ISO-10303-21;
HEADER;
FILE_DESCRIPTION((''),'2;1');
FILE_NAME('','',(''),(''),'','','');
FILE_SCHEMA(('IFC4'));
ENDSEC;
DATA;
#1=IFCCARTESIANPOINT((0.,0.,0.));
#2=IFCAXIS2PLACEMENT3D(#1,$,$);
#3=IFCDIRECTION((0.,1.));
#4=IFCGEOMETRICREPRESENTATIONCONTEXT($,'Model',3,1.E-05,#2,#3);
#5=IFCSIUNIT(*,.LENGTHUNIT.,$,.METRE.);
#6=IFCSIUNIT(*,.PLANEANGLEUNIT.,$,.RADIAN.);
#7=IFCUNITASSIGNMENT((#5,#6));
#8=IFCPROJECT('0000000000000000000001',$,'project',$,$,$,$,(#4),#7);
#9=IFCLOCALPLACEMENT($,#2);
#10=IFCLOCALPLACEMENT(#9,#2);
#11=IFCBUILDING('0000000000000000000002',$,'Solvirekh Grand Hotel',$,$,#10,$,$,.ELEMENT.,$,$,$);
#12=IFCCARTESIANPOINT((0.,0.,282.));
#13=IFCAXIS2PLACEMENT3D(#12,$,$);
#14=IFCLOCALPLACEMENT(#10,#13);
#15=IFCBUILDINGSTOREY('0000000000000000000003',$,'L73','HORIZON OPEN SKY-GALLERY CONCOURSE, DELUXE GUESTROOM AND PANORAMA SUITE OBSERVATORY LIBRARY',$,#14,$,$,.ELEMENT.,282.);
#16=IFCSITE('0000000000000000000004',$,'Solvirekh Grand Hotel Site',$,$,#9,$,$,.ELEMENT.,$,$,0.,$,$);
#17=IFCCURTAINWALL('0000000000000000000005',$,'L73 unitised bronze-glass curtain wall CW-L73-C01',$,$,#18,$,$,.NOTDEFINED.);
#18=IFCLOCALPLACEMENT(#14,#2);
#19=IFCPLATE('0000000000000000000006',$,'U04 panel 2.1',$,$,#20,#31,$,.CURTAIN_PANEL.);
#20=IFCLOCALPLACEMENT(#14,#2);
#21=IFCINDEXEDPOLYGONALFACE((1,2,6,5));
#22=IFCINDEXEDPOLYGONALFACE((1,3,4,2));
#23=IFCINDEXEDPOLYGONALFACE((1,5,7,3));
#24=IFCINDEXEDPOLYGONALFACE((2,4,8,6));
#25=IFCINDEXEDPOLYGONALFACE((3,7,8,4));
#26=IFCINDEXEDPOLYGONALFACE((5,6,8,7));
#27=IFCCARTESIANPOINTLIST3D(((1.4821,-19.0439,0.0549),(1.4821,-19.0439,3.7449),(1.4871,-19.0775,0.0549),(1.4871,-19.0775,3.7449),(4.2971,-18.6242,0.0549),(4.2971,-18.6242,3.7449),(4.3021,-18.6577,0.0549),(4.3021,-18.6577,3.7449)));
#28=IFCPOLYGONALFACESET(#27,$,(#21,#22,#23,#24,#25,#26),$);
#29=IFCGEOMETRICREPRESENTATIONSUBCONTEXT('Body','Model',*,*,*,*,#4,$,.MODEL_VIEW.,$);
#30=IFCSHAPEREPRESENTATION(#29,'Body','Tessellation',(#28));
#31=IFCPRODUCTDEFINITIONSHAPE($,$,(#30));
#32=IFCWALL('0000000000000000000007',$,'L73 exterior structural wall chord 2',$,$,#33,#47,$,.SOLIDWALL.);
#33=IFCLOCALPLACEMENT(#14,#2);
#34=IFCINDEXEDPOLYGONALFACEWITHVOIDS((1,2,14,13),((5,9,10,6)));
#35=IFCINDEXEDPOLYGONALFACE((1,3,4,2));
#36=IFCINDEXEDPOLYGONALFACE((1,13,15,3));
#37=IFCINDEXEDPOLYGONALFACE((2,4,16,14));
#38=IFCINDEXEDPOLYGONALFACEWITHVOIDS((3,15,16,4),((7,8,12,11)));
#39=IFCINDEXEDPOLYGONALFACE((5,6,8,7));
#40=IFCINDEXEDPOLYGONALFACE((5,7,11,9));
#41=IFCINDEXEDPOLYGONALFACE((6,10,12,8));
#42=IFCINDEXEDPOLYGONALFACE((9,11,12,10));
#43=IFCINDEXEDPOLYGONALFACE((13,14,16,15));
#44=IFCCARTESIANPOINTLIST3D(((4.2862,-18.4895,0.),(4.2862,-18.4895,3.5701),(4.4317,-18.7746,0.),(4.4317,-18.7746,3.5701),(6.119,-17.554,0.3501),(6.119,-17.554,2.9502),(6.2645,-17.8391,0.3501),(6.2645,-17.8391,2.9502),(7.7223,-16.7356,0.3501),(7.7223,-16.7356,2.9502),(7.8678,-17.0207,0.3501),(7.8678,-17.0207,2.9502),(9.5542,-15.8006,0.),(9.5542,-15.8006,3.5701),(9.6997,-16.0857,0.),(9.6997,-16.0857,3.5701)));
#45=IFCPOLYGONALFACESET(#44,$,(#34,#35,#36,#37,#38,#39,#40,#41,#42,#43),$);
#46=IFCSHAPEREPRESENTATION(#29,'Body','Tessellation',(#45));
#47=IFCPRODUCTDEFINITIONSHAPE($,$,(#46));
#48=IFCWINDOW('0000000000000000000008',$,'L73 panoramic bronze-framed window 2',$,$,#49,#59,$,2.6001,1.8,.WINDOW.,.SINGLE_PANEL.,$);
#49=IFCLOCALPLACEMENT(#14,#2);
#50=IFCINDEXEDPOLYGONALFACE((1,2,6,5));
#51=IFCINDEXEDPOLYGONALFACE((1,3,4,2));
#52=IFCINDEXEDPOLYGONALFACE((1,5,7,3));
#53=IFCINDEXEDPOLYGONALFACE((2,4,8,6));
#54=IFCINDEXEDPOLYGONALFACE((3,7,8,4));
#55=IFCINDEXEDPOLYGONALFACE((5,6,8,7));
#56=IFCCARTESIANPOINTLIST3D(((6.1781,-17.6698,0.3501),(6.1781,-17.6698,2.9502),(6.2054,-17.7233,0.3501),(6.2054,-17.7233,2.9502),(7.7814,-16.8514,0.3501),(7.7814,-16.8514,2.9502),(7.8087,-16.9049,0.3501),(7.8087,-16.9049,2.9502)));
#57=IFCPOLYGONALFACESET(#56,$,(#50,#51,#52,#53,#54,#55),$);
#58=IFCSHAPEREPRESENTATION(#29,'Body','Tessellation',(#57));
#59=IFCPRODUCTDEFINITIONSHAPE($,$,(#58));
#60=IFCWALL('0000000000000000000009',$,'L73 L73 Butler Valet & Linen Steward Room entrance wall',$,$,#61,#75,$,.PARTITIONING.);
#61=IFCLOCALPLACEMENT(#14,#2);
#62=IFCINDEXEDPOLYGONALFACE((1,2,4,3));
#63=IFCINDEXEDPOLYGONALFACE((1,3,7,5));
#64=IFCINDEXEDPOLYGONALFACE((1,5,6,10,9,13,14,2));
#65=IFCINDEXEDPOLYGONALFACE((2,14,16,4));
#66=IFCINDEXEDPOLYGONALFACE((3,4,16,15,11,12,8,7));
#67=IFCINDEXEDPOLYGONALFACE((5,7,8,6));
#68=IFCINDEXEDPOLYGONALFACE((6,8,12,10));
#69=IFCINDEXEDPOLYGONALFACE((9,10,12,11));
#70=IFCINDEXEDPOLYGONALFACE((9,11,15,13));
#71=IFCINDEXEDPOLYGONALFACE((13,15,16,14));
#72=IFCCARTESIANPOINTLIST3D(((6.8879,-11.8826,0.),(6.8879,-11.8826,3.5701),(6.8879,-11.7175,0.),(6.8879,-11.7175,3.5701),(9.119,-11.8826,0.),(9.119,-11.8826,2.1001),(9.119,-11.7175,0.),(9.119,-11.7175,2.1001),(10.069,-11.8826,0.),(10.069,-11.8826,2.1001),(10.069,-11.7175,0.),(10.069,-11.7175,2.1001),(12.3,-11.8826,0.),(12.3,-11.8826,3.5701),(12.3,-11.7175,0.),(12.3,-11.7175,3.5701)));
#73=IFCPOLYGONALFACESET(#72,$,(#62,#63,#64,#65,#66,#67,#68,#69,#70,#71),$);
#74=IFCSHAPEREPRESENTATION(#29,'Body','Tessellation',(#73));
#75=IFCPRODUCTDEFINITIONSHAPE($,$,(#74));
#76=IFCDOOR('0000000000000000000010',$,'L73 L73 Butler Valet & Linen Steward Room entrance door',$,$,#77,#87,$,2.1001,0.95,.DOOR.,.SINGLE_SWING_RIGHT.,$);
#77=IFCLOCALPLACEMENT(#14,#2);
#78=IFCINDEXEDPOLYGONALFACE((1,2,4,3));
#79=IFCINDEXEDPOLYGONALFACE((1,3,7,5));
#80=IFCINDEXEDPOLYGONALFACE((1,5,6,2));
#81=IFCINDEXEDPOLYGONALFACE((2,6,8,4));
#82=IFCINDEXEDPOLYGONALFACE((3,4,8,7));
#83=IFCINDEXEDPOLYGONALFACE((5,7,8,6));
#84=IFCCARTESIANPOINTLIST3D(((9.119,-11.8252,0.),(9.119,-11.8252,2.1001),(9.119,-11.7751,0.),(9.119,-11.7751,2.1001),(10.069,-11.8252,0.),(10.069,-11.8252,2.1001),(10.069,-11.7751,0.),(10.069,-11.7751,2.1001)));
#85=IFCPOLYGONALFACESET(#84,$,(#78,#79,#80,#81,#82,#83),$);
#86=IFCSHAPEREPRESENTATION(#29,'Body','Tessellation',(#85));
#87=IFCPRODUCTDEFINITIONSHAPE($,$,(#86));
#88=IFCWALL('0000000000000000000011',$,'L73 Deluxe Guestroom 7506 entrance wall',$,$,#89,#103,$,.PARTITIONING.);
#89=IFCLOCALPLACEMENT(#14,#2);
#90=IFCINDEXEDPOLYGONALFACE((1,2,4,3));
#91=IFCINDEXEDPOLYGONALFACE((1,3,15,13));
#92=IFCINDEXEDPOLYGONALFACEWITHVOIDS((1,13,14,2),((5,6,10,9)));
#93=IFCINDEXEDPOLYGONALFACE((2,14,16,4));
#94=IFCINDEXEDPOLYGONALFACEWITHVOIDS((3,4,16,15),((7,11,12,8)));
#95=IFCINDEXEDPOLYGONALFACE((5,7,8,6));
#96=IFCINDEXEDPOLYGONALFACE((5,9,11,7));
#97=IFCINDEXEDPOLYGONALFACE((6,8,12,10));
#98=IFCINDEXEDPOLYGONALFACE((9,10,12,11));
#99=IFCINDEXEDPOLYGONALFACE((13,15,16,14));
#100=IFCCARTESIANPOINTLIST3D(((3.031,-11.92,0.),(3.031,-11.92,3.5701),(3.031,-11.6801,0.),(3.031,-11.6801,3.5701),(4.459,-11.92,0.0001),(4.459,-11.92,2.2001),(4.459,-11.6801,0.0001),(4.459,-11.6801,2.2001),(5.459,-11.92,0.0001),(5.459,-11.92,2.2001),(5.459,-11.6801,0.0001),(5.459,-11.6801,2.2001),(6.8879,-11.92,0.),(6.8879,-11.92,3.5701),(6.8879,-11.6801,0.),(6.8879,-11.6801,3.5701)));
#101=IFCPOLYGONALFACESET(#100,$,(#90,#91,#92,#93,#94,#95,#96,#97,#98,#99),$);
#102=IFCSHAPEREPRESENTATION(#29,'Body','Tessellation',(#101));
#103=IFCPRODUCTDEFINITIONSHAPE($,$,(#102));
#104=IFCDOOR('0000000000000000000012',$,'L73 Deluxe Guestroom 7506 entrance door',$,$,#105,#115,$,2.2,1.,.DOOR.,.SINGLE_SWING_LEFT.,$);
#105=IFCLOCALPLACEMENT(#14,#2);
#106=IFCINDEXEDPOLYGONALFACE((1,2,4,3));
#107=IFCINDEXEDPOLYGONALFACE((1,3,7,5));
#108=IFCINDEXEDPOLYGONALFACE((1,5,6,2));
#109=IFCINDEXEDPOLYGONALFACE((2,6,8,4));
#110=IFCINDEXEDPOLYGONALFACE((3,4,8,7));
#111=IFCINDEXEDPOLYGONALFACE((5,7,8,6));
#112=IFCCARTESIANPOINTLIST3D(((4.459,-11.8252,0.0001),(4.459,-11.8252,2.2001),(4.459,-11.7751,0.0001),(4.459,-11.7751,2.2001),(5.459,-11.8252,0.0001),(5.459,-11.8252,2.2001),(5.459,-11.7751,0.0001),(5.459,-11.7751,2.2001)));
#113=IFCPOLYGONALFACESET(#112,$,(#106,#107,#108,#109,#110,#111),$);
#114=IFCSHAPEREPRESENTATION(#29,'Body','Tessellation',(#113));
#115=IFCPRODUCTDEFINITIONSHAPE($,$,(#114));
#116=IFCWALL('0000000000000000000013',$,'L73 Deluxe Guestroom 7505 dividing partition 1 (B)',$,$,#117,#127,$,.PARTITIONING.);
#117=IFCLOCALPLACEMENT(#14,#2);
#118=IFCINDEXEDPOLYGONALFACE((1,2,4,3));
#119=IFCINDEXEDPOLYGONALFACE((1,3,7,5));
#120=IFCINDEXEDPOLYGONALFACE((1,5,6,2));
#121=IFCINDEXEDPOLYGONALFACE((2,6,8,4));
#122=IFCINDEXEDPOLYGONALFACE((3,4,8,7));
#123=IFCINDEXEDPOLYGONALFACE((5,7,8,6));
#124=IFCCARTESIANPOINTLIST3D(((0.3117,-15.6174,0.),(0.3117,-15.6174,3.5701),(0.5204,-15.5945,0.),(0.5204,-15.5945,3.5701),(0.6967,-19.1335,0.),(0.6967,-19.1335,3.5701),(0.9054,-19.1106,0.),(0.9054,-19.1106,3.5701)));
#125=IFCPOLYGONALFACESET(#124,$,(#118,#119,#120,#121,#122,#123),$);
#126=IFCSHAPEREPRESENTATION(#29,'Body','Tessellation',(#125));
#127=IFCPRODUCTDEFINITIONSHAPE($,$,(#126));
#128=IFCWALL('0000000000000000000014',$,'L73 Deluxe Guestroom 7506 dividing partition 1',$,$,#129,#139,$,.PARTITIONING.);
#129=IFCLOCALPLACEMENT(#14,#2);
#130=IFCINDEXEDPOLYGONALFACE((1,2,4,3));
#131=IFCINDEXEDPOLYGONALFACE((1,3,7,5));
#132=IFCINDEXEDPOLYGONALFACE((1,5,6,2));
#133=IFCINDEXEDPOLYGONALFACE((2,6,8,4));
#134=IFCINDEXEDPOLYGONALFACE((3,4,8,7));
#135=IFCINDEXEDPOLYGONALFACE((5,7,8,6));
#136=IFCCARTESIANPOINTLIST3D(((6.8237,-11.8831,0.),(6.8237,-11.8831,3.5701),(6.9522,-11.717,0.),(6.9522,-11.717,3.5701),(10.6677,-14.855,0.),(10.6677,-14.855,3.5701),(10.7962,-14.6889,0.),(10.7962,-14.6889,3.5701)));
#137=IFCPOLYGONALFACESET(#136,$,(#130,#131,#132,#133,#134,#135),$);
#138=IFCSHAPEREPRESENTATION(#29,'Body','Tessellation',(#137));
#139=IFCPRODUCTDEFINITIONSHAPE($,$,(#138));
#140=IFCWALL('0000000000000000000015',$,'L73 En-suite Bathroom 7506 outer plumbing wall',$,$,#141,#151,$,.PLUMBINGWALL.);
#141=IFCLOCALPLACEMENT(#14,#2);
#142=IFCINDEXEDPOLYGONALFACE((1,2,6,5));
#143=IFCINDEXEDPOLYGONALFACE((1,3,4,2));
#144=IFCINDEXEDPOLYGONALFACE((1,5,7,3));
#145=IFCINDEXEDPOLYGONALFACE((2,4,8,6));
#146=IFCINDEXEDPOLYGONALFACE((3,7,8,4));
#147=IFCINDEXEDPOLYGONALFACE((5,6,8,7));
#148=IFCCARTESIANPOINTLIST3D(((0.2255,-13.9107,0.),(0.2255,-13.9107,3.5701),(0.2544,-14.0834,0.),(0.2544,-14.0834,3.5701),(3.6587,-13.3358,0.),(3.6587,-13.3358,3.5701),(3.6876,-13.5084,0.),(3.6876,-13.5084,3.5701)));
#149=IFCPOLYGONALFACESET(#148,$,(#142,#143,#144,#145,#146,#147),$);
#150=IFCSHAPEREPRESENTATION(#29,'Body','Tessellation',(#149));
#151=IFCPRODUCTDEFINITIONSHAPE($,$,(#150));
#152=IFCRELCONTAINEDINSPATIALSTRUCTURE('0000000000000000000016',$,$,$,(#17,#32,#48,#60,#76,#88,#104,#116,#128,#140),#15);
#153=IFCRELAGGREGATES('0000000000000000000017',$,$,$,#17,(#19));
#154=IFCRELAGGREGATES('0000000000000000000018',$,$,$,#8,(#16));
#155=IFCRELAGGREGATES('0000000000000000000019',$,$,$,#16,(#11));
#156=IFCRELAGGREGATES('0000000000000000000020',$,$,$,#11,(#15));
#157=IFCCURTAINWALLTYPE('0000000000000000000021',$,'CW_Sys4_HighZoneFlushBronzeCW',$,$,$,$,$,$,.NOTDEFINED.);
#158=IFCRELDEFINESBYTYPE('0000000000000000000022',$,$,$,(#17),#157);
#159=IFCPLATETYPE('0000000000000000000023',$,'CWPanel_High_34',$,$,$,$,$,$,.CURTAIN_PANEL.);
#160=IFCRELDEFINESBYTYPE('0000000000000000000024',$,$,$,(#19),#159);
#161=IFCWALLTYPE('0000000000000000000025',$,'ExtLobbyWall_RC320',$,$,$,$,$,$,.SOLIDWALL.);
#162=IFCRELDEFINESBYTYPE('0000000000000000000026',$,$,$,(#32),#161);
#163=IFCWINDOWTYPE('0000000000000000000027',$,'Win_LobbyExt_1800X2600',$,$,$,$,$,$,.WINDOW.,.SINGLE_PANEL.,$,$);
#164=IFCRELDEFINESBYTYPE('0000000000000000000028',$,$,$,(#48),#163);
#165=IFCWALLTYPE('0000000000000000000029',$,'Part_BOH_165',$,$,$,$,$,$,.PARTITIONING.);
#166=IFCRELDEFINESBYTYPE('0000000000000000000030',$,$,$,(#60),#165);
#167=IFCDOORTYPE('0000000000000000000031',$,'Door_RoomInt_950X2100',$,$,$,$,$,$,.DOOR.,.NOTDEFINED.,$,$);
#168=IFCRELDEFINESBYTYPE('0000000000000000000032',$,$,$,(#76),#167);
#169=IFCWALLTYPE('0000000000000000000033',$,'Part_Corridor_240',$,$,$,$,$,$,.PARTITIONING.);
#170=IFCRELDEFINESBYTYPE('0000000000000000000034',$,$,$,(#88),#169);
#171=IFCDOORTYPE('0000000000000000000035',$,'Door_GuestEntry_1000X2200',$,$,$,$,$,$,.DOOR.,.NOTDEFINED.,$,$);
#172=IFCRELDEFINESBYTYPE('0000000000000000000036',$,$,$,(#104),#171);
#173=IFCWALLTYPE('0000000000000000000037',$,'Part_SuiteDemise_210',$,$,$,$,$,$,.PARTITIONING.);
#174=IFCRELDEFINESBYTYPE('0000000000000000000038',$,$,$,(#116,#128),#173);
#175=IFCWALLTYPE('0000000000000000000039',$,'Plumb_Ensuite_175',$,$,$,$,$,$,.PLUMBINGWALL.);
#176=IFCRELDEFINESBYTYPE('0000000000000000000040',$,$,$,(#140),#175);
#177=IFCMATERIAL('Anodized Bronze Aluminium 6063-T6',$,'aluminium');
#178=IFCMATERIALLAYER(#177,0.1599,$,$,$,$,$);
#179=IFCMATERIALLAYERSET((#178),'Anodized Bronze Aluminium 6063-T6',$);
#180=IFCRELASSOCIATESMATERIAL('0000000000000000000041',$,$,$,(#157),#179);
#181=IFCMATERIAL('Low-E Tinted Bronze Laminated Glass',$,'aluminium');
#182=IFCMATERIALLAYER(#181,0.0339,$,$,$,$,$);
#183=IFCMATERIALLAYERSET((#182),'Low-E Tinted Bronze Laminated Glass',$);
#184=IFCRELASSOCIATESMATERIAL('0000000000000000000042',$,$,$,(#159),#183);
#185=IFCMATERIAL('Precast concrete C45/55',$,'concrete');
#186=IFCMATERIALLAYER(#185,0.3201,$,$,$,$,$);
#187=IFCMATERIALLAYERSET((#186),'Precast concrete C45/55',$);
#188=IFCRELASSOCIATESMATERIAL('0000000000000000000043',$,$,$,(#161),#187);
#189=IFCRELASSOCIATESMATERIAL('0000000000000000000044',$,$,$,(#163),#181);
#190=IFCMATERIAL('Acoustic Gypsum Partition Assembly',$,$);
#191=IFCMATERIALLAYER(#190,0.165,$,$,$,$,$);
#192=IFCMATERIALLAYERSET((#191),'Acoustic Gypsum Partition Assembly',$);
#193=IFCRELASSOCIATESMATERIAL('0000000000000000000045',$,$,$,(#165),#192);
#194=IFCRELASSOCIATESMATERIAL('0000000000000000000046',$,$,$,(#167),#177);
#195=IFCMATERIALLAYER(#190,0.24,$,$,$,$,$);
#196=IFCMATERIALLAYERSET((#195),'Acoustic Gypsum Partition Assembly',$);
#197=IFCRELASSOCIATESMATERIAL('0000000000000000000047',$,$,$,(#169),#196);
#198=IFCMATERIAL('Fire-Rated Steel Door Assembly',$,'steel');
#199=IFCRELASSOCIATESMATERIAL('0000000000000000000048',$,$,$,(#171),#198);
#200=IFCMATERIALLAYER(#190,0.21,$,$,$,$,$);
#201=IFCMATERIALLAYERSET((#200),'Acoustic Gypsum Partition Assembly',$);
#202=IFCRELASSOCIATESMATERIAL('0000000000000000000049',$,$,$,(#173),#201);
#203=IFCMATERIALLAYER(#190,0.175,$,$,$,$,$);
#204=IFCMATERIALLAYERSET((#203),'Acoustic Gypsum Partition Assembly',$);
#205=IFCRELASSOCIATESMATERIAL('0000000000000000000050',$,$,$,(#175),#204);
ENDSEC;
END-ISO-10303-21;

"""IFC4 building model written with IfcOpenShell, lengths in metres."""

from ifc_helpers import new_model, si_unit, direction, frame, frame_2d, origin, origin_2d, place, context, subcontext, project, spatial, rectangle, extrude, source, transform, mapped, material, layer, layer_set, type_object, element, fill, aggregate, save


model = new_model("IFC4")

# Units and contexts
model_context = context("Model", 3, precision=1e-05, world=origin(), true_north=direction((0.0, 1.0)))
body_context = subcontext(model_context, "Body", "Model", "MODEL_VIEW")
ifc_project = project(units=[si_unit("LENGTHUNIT", "METRE"), si_unit("PLANEANGLEUNIT", "RADIAN")], contexts=[model_context])

# Site, building, storey
site_placement = place(None, origin())
site = spatial("IfcSite", under=ifc_project, at=site_placement, Name="Solvirekh Grand Hotel Site", CompositionType="ELEMENT", RefElevation=0.0)
building_placement = place(site_placement, origin())
building = spatial("IfcBuilding", under=site, at=building_placement, Name="Solvirekh Grand Hotel", CompositionType="ELEMENT")
storey_placement = place(building_placement, frame((0.0, 0.0, 282.0)))
storey = spatial("IfcBuildingStorey", under=building, at=storey_placement, Name="L73", Description="HORIZON OPEN SKY-GALLERY CONCOURSE, DELUXE GUESTROOM AND PANORAMA SUITE OBSERVATORY LIBRARY", CompositionType="ELEMENT", Elevation=282.0)

# Curtain wall, plate
ifc_material_1 = material(Name="Anodized Bronze Aluminium 6063-T6", Category="aluminium")
ifc_layer_1 = layer(ifc_material_1, 0.1599)
ifc_layer_set_1 = layer_set([ifc_layer_1], Name="Anodized Bronze Aluminium 6063-T6")
curtain_wall_type = type_object("IfcCurtainWallType", Name="CW_Sys4_HighZoneFlushBronzeCW", PredefinedType="NOTDEFINED", material=ifc_layer_set_1)
curtain_wall_placement = place(storey_placement, origin())
curtain_wall = element("IfcCurtainWall", 1, at=curtain_wall_placement, inside=storey, type_object=curtain_wall_type, Name="L73 unitised bronze-glass curtain wall CW-L73-C01", PredefinedType="NOTDEFINED")
ifc_material_2 = material(Name="Low-E Tinted Bronze Laminated Glass", Category="aluminium")
ifc_layer_2 = layer(ifc_material_2, 0.0339)
ifc_layer_set_2 = layer_set([ifc_layer_2], Name="Low-E Tinted Bronze Laminated Glass")
plate_type = type_object("IfcPlateType", Name="CWPanel_High_34", PredefinedType="CURTAIN_PANEL", material=ifc_layer_set_2)
shared_shape_1 = source(origin(), body_context, "Body", "SweptSolid", [
    extrude(rectangle(XDim=2.8462, YDim=0.0339, at=origin_2d()), origin(), (0.0, 0.0, 1.0), 3.6899),
])
plate_1_placement = place(storey_placement, frame((2.8921, -18.8508, 0.0549), z_axis=(0.0, 0.0, 1.0), x_axis=(0.989066, 0.147474, 0.0)))
plate_1 = element("IfcPlate", 2, at=plate_1_placement, type_object=plate_type, Name="U04 panel 2.1", PredefinedType="CURTAIN_PANEL", context=body_context, shape_type="MappedRepresentation", body=[
    mapped(shared_shape_1, transform((0.0, 0.0, 0.0), x_axis=(1.0, 0.0, 0.0), y_axis=(0.0, 1.0, 0.0), z_axis=(0.0, 0.0, 1.0), scale=1.0)),
])
aggregate(curtain_wall, [plate_1])

# Wall, opening, window
ifc_material_3 = material(Name="Precast concrete C45/55", Category="concrete")
ifc_layer_3 = layer(ifc_material_3, 0.3201)
ifc_layer_set_3 = layer_set([ifc_layer_3], Name="Precast concrete C45/55")
wall_type_1 = type_object("IfcWallType", Name="ExtLobbyWall_RC320", PredefinedType="SOLIDWALL", material=ifc_layer_set_3)
wall_1_placement = place(storey_placement, frame((9.627, -15.9431, 0.0), z_axis=(0.0, 0.0, 1.0), x_axis=(-0.890681, -0.454628, 0.0)))
wall_1 = element("IfcWall", 3, at=wall_1_placement, inside=storey, type_object=wall_type_1, Name="L73 exterior structural wall chord 2", PredefinedType="SOLIDWALL", context=body_context, shape_type="SweptSolid", body=[
    extrude(rectangle(XDim=5.9146, YDim=0.3201, at=frame_2d((2.9573, 0.0))), origin(), (0.0, 0.0, 1.0), 3.5701),
])
opening_1_placement = place(wall_1_placement, frame((2.0569, 0.0, 0.3501)))
opening_1 = element("IfcOpeningElement", 4, at=opening_1_placement, cuts=wall_1, PredefinedType="OPENING", context=body_context, shape_type="SweptSolid", body=[
    extrude(rectangle(XDim=1.8, YDim=2.6001, at=frame_2d((0.8999, 1.3))), frame((0.0, 0.1699, 0.0), z_axis=(0.0, -1.0, 0.0), x_axis=(1.0, 0.0, 0.0)), (0.0, 0.0, 1.0), 0.3401),
])
window_type = type_object("IfcWindowType", Name="Win_LobbyExt_1800X2600", PartitioningType="SINGLE_PANEL", PredefinedType="WINDOW", material=ifc_material_2)
window_placement = place(opening_1_placement, origin())
window = element("IfcWindow", 5, at=window_placement, inside=storey, type_object=window_type, Name="L73 panoramic bronze-framed window 2", OverallHeight=2.6001, OverallWidth=1.8, PartitioningType="SINGLE_PANEL", PredefinedType="WINDOW", context=body_context, shape_type="SweptSolid", body=[
    extrude(rectangle(XDim=1.8, YDim=2.6001, at=frame_2d((0.8999, 1.3))), frame((0.0, 0.03, 0.0), z_axis=(0.0, -1.0, 0.0), x_axis=(1.0, 0.0, 0.0)), (0.0, 0.0, 1.0), 0.0601),
])
fill(opening_1, window)

# Walls, openings, doors
ifc_material_4 = material(Name="Acoustic Gypsum Partition Assembly")
ifc_layer_4 = layer(ifc_material_4, 0.165)
ifc_layer_set_4 = layer_set([ifc_layer_4], Name="Acoustic Gypsum Partition Assembly")
wall_type_2 = type_object("IfcWallType", Name="Part_BOH_165", PredefinedType="PARTITIONING", material=ifc_layer_set_4)
wall_2_placement = place(storey_placement, frame((6.8879, -11.8, 0.0), z_axis=(0.0, 0.0, 1.0), x_axis=(1.0, 0.0, 0.0)))
wall_2 = element("IfcWall", 6, at=wall_2_placement, inside=storey, type_object=wall_type_2, Name="L73 L73 Butler Valet & Linen Steward Room entrance wall", PredefinedType="PARTITIONING", context=body_context, shape_type="SweptSolid", body=[
    extrude(rectangle(XDim=5.4121, YDim=0.165, at=frame_2d((2.7061, 0.0))), origin(), (0.0, 0.0, 1.0), 3.5701),
])
opening_2_placement = place(wall_2_placement, frame((2.231, 0.0, 0.0)))
opening_2 = element("IfcOpeningElement", 7, at=opening_2_placement, cuts=wall_2, PredefinedType="OPENING", context=body_context, shape_type="SweptSolid", body=[
    extrude(rectangle(XDim=0.95, YDim=2.1001, at=frame_2d((0.4751, 1.05))), frame((0.0, 0.0925, 0.0), z_axis=(0.0, -1.0, 0.0), x_axis=(1.0, 0.0, 0.0)), (0.0, 0.0, 1.0), 0.1851),
])
door_type_1 = type_object("IfcDoorType", Name="Door_RoomInt_950X2100", OperationType="NOTDEFINED", PredefinedType="DOOR", material=ifc_material_1)
door_1_placement = place(opening_2_placement, origin())
door_1 = element("IfcDoor", 8, at=door_1_placement, inside=storey, type_object=door_type_1, Name="L73 L73 Butler Valet & Linen Steward Room entrance door", OperationType="SINGLE_SWING_RIGHT", OverallHeight=2.1001, OverallWidth=0.95, PredefinedType="DOOR", context=body_context, shape_type="SweptSolid", body=[
    extrude(rectangle(XDim=0.95, YDim=2.1001, at=frame_2d((0.4751, 1.05))), frame((0.0, 0.0249, 0.0), z_axis=(0.0, -1.0, 0.0), x_axis=(1.0, 0.0, 0.0)), (0.0, 0.0, 1.0), 0.05),
])
fill(opening_2, door_1)
ifc_layer_5 = layer(ifc_material_4, 0.24)
ifc_layer_set_5 = layer_set([ifc_layer_5], Name="Acoustic Gypsum Partition Assembly")
wall_type_3 = type_object("IfcWallType", Name="Part_Corridor_240", PredefinedType="PARTITIONING", material=ifc_layer_set_5)
wall_3_placement = place(storey_placement, frame((3.031, -11.8, 0.0), z_axis=(0.0, 0.0, 1.0), x_axis=(1.0, 0.0, 0.0)))
wall_3 = element("IfcWall", 9, at=wall_3_placement, inside=storey, type_object=wall_type_3, Name="L73 Deluxe Guestroom 7506 entrance wall", PredefinedType="PARTITIONING", context=body_context, shape_type="SweptSolid", body=[
    extrude(rectangle(XDim=3.8569, YDim=0.24, at=frame_2d((1.9285, 0.0))), origin(), (0.0, 0.0, 1.0), 3.5701),
])
opening_3_placement = place(wall_3_placement, frame((1.428, 0.0, 0.0)))
opening_3 = element("IfcOpeningElement", 10, at=opening_3_placement, cuts=wall_3, PredefinedType="OPENING", context=body_context, shape_type="SweptSolid", body=[
    extrude(rectangle(XDim=1.0, YDim=2.2, at=frame_2d((0.5, 1.1001))), frame((0.0, 0.1299, 0.0), z_axis=(0.0, -1.0, 0.0), x_axis=(1.0, 0.0, 0.0)), (0.0, 0.0, 1.0), 0.26),
])
ifc_material_5 = material(Name="Fire-Rated Steel Door Assembly", Category="steel")
door_type_2 = type_object("IfcDoorType", Name="Door_GuestEntry_1000X2200", OperationType="NOTDEFINED", PredefinedType="DOOR", material=ifc_material_5)
door_2_placement = place(opening_3_placement, origin())
door_2 = element("IfcDoor", 11, at=door_2_placement, inside=storey, type_object=door_type_2, Name="L73 Deluxe Guestroom 7506 entrance door", OperationType="SINGLE_SWING_LEFT", OverallHeight=2.2, OverallWidth=1.0, PredefinedType="DOOR", context=body_context, shape_type="SweptSolid", body=[
    extrude(rectangle(XDim=1.0, YDim=2.2, at=frame_2d((0.5, 1.1001))), frame((0.0, 0.0249, 0.0), z_axis=(0.0, -1.0, 0.0), x_axis=(1.0, 0.0, 0.0)), (0.0, 0.0, 1.0), 0.05),
])
fill(opening_3, door_2)

# Walls
ifc_layer_6 = layer(ifc_material_4, 0.21)
ifc_layer_set_6 = layer_set([ifc_layer_6], Name="Acoustic Gypsum Partition Assembly")
wall_type_4 = type_object("IfcWallType", Name="Part_SuiteDemise_210", PredefinedType="PARTITIONING", material=ifc_layer_set_6)
wall_4_placement = place(storey_placement, frame((0.416, -15.606, 0.0), z_axis=(0.0, 0.0, 1.0), x_axis=(0.108848, -0.994058, 0.0)))
element("IfcWall", 12, at=wall_4_placement, inside=storey, type_object=wall_type_4, Name="L73 Deluxe Guestroom 7505 dividing partition 1 (B)", PredefinedType="PARTITIONING", context=body_context, shape_type="SweptSolid", body=[
    extrude(rectangle(XDim=3.5371, YDim=0.21, at=frame_2d((1.7686, 0.0))), origin(), (0.0, 0.0, 1.0), 3.5701),
])
wall_5_placement = place(storey_placement, frame((6.8879, -11.8, 0.0), z_axis=(0.0, 0.0, 1.0), x_axis=(0.791129, -0.611649, 0.0)))
element("IfcWall", 13, at=wall_5_placement, inside=storey, type_object=wall_type_4, Name="L73 Deluxe Guestroom 7506 dividing partition 1", PredefinedType="PARTITIONING", context=body_context, shape_type="SweptSolid", body=[
    extrude(rectangle(XDim=4.8589, YDim=0.21, at=frame_2d((2.4294, 0.0))), origin(), (0.0, 0.0, 1.0), 3.5701),
])
ifc_layer_7 = layer(ifc_material_4, 0.175)
ifc_layer_set_7 = layer_set([ifc_layer_7], Name="Acoustic Gypsum Partition Assembly")
wall_type_5 = type_object("IfcWallType", Name="Plumb_Ensuite_175", PredefinedType="PLUMBINGWALL", material=ifc_layer_set_7)
wall_6_placement = place(storey_placement, frame((0.24, -13.9971, 0.0), z_axis=(0.0, 0.0, 1.0), x_axis=(0.986265, 0.165172, 0.0)))
element("IfcWall", 14, at=wall_6_placement, inside=storey, type_object=wall_type_5, Name="L73 En-suite Bathroom 7506 outer plumbing wall", PredefinedType="PLUMBINGWALL", context=body_context, shape_type="SweptSolid", body=[
    extrude(rectangle(XDim=3.481, YDim=0.175, at=frame_2d((1.7405, 0.0))), origin(), (0.0, 0.0, 1.0), 3.5701),
])

save(model, "model.ifc")
